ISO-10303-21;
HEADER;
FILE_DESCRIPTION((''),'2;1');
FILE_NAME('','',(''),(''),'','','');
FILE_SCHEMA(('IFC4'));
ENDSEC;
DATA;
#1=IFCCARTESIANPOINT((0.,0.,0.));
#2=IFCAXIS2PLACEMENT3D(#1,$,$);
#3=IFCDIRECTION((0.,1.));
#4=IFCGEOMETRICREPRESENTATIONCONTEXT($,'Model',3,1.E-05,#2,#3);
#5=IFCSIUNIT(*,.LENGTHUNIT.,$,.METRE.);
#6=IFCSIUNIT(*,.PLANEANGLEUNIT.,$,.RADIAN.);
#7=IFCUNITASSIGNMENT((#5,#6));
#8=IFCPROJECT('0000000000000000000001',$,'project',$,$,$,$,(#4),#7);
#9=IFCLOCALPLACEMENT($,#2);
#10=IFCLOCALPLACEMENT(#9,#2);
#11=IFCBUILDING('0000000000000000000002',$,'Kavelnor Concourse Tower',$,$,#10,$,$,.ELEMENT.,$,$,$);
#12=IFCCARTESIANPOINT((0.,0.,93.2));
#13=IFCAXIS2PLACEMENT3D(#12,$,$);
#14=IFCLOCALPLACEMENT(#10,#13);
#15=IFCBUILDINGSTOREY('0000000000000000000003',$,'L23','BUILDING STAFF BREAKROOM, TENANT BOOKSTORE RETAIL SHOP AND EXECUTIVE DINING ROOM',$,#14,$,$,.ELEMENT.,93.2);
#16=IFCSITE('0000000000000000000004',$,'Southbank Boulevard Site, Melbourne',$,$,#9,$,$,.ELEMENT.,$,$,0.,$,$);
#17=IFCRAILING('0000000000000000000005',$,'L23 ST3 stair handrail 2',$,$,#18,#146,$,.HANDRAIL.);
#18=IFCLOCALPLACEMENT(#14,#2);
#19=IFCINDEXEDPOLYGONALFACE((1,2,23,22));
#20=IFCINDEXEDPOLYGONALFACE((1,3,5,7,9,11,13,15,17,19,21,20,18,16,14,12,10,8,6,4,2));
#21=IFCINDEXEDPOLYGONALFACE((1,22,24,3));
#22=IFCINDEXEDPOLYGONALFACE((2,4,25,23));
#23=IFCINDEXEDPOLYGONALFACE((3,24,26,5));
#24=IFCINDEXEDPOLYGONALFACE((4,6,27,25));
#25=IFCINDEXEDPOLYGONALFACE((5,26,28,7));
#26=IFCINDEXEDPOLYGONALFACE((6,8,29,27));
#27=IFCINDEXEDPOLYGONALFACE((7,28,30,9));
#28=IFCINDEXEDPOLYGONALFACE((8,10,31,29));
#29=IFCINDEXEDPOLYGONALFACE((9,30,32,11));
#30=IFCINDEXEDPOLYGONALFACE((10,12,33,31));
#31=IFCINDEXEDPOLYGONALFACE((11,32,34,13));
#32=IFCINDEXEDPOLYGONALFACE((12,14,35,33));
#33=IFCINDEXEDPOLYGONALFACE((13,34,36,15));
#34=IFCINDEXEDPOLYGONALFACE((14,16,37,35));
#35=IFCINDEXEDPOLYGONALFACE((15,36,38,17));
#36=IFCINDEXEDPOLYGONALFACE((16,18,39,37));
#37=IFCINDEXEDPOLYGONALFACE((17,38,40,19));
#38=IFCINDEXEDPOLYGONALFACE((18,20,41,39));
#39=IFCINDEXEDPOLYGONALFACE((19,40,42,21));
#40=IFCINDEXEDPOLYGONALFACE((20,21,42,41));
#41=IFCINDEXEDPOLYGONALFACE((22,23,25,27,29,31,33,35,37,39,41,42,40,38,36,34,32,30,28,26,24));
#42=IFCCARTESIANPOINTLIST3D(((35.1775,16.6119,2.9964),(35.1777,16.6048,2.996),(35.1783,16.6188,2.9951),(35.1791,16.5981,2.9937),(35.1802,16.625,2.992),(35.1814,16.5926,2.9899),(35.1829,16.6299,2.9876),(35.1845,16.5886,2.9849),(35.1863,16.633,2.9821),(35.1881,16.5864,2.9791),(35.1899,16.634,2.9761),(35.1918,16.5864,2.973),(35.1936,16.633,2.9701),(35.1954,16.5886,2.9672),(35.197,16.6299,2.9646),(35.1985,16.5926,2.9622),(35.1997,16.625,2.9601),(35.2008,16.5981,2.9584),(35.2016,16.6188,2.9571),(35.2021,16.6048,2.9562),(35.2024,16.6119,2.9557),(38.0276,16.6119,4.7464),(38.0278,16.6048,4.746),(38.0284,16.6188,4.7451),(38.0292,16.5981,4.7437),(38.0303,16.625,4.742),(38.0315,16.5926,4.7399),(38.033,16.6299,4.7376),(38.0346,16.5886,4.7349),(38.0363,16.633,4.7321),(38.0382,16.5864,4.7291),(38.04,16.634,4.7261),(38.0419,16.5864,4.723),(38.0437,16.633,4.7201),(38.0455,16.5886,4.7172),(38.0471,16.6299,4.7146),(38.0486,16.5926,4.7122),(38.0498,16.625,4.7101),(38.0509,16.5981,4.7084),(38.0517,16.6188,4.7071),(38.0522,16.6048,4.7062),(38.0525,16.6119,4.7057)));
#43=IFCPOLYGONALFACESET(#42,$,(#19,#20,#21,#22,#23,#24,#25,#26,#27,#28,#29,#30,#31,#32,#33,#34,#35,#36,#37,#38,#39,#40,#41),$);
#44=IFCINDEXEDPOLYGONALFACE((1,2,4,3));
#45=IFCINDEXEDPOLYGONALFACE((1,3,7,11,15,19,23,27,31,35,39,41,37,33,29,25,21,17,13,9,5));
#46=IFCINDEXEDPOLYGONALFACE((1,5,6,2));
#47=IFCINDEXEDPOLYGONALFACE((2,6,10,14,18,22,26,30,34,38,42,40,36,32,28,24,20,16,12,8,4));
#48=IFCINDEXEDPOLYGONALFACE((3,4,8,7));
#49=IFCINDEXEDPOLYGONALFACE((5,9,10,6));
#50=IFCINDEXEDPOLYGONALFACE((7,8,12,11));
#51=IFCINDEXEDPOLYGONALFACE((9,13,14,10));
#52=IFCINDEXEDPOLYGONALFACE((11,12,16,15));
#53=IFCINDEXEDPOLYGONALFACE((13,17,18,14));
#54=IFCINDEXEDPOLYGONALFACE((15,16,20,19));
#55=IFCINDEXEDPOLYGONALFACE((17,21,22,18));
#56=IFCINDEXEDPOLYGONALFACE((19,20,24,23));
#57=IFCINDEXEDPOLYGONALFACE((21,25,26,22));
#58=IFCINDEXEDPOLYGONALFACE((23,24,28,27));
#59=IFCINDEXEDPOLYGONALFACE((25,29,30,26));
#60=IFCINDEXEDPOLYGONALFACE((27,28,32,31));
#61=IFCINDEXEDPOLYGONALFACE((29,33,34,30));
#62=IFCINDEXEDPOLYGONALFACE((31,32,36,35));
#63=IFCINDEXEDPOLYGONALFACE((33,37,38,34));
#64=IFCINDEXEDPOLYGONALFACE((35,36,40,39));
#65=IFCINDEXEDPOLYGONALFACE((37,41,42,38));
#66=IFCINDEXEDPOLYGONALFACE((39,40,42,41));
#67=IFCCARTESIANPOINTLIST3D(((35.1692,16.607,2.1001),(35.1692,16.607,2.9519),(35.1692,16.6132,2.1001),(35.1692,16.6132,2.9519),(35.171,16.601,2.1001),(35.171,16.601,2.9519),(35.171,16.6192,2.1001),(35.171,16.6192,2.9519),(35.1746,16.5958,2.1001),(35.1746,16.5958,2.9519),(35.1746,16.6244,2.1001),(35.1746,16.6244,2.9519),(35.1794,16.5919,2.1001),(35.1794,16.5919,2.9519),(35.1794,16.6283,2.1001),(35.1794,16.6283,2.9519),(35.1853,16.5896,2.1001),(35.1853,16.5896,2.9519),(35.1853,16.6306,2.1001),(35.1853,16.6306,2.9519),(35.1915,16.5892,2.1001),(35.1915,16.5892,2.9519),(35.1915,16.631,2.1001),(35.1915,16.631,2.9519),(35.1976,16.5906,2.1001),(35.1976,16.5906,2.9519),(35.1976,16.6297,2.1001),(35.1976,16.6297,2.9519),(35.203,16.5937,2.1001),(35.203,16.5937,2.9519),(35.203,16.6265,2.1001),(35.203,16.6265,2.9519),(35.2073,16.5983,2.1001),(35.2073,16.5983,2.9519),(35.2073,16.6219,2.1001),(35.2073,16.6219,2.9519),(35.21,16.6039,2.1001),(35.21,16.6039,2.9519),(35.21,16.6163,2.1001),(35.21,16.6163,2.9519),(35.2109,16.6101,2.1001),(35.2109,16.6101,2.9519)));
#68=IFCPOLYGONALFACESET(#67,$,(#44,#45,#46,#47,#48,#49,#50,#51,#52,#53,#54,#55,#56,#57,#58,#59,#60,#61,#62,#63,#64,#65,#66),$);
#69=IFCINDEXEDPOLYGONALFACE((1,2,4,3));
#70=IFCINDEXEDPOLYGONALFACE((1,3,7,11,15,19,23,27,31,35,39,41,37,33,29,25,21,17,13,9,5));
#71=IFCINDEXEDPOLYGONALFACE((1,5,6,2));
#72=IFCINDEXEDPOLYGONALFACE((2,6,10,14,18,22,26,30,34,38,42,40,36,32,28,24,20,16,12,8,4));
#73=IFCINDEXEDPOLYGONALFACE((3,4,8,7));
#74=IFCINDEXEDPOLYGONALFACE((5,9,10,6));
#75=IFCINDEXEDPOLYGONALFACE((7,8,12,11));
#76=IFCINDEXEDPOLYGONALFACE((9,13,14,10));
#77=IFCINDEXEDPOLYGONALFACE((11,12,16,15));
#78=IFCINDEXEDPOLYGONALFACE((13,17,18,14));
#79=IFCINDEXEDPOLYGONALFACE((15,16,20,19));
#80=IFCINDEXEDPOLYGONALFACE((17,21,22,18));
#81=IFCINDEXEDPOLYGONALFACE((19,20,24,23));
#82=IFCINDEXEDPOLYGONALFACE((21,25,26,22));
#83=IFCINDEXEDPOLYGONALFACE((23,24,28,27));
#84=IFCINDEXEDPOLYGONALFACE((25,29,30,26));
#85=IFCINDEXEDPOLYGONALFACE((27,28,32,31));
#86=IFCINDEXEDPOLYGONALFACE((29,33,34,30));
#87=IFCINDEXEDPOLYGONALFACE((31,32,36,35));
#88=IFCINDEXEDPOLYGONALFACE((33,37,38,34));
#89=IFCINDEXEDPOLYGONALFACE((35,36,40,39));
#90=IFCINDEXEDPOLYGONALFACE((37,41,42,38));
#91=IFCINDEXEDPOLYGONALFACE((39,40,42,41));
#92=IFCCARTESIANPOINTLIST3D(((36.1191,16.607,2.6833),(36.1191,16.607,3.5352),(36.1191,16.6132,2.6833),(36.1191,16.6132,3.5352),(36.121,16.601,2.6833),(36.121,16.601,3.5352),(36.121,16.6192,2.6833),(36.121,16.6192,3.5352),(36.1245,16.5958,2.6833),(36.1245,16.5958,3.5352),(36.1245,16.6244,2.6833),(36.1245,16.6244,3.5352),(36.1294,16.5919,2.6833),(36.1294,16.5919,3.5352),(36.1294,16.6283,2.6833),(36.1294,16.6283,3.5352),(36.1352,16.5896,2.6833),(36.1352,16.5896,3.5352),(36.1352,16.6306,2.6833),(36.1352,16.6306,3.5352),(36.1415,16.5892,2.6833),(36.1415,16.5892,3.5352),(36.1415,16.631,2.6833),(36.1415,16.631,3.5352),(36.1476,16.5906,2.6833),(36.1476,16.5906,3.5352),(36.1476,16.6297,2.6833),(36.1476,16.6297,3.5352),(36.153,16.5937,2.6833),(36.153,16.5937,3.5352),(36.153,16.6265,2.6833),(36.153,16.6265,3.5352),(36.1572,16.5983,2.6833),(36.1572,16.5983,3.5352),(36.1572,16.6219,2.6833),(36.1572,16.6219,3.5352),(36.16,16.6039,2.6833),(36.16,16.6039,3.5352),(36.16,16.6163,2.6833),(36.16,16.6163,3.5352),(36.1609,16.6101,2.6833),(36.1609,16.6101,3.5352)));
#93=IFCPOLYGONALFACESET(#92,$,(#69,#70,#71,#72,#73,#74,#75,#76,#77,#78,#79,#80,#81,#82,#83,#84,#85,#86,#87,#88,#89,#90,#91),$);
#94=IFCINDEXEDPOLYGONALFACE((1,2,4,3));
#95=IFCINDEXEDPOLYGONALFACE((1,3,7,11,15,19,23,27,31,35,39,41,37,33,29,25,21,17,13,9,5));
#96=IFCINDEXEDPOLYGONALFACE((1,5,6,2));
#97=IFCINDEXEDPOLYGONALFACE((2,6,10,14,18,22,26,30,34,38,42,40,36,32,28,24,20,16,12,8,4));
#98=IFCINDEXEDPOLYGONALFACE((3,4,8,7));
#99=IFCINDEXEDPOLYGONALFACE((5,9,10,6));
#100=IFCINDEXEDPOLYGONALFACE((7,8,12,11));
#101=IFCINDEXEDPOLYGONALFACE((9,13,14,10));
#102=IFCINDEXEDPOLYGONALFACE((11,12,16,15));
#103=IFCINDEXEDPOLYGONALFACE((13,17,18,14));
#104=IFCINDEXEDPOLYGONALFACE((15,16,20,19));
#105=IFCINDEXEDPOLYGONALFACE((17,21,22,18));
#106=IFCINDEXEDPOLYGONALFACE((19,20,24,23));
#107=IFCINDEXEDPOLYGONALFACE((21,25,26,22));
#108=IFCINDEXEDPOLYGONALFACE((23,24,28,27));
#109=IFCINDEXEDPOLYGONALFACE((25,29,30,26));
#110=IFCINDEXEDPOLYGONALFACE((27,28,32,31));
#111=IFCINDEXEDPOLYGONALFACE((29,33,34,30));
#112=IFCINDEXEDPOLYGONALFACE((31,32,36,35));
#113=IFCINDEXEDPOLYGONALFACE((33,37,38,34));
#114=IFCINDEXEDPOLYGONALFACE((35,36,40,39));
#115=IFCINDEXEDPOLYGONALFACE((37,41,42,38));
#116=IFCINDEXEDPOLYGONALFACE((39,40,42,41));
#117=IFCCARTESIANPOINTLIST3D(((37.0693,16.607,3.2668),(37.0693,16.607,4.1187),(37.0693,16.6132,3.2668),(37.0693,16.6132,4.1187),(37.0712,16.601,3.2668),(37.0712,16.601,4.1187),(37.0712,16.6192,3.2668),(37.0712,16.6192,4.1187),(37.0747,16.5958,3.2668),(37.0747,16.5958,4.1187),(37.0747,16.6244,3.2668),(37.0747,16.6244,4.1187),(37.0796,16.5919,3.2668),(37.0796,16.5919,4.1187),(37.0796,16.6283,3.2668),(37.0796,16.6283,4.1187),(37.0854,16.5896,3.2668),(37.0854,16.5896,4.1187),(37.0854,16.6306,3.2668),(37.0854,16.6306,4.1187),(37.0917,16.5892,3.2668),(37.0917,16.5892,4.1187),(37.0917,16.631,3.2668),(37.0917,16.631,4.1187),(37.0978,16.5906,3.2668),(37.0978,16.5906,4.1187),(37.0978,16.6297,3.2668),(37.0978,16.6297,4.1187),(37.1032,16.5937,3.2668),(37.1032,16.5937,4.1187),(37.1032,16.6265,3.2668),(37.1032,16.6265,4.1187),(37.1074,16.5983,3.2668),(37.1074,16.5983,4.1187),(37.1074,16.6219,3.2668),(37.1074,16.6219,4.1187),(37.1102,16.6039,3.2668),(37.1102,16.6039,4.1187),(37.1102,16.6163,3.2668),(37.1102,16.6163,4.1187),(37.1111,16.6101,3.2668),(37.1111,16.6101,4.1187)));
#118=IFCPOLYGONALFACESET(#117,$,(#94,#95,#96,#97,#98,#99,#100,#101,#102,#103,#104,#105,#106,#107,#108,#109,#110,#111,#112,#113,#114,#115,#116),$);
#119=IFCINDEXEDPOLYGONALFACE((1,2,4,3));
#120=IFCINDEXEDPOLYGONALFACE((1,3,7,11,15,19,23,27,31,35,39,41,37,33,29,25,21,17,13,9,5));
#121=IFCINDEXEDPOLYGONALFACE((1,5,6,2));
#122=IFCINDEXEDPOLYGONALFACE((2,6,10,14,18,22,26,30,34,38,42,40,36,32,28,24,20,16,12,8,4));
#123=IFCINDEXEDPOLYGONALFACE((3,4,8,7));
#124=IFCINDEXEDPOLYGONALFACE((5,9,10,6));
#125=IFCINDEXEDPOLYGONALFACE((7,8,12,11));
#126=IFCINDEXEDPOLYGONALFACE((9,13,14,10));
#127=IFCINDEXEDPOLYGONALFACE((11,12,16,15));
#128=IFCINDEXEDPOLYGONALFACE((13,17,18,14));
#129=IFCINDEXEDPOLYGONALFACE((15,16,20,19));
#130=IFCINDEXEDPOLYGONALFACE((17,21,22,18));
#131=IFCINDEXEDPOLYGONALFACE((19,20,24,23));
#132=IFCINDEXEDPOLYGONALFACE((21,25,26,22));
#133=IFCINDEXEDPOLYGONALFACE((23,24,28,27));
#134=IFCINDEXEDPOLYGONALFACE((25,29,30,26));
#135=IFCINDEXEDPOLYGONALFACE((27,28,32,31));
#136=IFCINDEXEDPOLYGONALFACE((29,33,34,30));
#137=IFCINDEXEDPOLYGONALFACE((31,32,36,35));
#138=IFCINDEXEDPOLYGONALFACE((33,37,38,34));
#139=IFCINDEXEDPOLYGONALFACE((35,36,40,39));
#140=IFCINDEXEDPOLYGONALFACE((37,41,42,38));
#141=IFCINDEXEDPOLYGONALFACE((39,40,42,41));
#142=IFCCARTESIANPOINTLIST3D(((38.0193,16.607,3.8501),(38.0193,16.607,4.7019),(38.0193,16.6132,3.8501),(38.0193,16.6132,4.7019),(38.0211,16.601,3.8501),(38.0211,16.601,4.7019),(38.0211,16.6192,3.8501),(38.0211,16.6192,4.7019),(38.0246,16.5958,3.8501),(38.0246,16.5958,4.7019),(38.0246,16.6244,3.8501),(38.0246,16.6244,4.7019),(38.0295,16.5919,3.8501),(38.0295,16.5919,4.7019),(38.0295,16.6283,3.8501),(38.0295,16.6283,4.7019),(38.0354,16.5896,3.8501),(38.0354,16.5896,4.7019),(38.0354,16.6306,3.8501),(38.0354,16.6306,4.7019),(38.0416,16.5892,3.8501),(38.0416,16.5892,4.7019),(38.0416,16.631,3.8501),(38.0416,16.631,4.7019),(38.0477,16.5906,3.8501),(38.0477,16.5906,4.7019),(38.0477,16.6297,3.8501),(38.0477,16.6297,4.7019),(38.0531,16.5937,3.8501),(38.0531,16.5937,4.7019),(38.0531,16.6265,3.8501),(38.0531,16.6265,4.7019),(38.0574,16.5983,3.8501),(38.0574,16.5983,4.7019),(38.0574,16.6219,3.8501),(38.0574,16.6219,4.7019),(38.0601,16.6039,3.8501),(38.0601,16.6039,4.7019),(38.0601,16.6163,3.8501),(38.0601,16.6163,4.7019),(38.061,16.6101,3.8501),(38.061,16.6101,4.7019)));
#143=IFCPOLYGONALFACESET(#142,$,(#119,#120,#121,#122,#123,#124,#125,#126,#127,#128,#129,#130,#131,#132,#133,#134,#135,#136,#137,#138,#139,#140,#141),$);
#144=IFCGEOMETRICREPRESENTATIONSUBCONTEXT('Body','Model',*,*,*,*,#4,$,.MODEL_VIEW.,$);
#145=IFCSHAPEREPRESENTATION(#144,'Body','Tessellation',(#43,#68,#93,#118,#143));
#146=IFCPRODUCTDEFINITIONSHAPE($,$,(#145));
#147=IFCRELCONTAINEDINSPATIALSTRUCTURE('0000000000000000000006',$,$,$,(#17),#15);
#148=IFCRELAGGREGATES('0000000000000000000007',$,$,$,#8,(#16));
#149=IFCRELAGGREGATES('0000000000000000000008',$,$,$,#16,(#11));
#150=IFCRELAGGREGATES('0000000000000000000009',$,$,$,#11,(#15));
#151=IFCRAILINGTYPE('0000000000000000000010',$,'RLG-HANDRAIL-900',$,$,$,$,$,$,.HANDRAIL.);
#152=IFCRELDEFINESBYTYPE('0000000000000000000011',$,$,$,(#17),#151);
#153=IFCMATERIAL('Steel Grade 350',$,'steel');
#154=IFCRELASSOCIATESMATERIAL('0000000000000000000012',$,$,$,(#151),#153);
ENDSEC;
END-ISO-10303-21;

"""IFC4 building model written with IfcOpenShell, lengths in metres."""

from ifc_helpers import new_model, si_unit, direction, frame, origin, origin_2d, place, context, subcontext, project, spatial, circle, extrude, material, type_object, element, save


model = new_model("IFC4")

# Units and contexts
model_context = context("Model", 3, precision=1e-05, world=origin(), true_north=direction((0.0, 1.0)))
body_context = subcontext(model_context, "Body", "Model", "MODEL_VIEW")
ifc_project = project(units=[si_unit("LENGTHUNIT", "METRE"), si_unit("PLANEANGLEUNIT", "RADIAN")], contexts=[model_context])

# Site, building, storey
site_placement = place(None, origin())
site = spatial("IfcSite", under=ifc_project, at=site_placement, Name="Southbank Boulevard Site, Melbourne", CompositionType="ELEMENT", RefElevation=0.0)
building_placement = place(site_placement, origin())
building = spatial("IfcBuilding", under=site, at=building_placement, Name="Kavelnor Concourse Tower", CompositionType="ELEMENT")
storey_placement = place(building_placement, frame((0.0, 0.0, 93.2)))
storey = spatial("IfcBuildingStorey", under=building, at=storey_placement, Name="L23", Description="BUILDING STAFF BREAKROOM, TENANT BOOKSTORE RETAIL SHOP AND EXECUTIVE DINING ROOM", CompositionType="ELEMENT", Elevation=93.2)

# Shared definitions
ifc_material_1 = material(Name="Steel Grade 350", Category="steel")

# Railing
railing_type_1 = type_object("IfcRailingType", Name="RLG-HANDRAIL-900", PredefinedType="HANDRAIL", material=ifc_material_1)
railing_1_placement = place(storey_placement, frame((35.1899, 16.6101, 2.1001)))
element("IfcRailing", 1, at=railing_1_placement, inside=storey, type_object=railing_type_1, Name="L23 ST3 stair handrail 2", PredefinedType="HANDRAIL", context=body_context, shape_type="SweptSolid", body=[
    extrude(circle(Radius=0.0239, at=origin_2d()), frame((0.0, 0.0, 0.876), z_axis=(0.852179, 0.0, 0.52325), x_axis=(0.0, 1.0, 0.0)), (0.0, 0.0, 1.0), 3.3445),
    extrude(circle(Radius=0.021, at=origin_2d()), origin(), (0.0, 0.0, 1.0), 0.8518),
    extrude(circle(Radius=0.021, at=origin_2d()), frame((0.95, 0.0, 0.5833)), (0.0, 0.0, 1.0), 0.8518),
    extrude(circle(Radius=0.021, at=origin_2d()), frame((1.9001, 0.0, 1.1667)), (0.0, 0.0, 1.0), 0.8518),
    extrude(circle(Radius=0.021, at=origin_2d()), frame((2.8501, 0.0, 1.75)), (0.0, 0.0, 1.0), 0.8518),
])

save(model, "model.ifc")
